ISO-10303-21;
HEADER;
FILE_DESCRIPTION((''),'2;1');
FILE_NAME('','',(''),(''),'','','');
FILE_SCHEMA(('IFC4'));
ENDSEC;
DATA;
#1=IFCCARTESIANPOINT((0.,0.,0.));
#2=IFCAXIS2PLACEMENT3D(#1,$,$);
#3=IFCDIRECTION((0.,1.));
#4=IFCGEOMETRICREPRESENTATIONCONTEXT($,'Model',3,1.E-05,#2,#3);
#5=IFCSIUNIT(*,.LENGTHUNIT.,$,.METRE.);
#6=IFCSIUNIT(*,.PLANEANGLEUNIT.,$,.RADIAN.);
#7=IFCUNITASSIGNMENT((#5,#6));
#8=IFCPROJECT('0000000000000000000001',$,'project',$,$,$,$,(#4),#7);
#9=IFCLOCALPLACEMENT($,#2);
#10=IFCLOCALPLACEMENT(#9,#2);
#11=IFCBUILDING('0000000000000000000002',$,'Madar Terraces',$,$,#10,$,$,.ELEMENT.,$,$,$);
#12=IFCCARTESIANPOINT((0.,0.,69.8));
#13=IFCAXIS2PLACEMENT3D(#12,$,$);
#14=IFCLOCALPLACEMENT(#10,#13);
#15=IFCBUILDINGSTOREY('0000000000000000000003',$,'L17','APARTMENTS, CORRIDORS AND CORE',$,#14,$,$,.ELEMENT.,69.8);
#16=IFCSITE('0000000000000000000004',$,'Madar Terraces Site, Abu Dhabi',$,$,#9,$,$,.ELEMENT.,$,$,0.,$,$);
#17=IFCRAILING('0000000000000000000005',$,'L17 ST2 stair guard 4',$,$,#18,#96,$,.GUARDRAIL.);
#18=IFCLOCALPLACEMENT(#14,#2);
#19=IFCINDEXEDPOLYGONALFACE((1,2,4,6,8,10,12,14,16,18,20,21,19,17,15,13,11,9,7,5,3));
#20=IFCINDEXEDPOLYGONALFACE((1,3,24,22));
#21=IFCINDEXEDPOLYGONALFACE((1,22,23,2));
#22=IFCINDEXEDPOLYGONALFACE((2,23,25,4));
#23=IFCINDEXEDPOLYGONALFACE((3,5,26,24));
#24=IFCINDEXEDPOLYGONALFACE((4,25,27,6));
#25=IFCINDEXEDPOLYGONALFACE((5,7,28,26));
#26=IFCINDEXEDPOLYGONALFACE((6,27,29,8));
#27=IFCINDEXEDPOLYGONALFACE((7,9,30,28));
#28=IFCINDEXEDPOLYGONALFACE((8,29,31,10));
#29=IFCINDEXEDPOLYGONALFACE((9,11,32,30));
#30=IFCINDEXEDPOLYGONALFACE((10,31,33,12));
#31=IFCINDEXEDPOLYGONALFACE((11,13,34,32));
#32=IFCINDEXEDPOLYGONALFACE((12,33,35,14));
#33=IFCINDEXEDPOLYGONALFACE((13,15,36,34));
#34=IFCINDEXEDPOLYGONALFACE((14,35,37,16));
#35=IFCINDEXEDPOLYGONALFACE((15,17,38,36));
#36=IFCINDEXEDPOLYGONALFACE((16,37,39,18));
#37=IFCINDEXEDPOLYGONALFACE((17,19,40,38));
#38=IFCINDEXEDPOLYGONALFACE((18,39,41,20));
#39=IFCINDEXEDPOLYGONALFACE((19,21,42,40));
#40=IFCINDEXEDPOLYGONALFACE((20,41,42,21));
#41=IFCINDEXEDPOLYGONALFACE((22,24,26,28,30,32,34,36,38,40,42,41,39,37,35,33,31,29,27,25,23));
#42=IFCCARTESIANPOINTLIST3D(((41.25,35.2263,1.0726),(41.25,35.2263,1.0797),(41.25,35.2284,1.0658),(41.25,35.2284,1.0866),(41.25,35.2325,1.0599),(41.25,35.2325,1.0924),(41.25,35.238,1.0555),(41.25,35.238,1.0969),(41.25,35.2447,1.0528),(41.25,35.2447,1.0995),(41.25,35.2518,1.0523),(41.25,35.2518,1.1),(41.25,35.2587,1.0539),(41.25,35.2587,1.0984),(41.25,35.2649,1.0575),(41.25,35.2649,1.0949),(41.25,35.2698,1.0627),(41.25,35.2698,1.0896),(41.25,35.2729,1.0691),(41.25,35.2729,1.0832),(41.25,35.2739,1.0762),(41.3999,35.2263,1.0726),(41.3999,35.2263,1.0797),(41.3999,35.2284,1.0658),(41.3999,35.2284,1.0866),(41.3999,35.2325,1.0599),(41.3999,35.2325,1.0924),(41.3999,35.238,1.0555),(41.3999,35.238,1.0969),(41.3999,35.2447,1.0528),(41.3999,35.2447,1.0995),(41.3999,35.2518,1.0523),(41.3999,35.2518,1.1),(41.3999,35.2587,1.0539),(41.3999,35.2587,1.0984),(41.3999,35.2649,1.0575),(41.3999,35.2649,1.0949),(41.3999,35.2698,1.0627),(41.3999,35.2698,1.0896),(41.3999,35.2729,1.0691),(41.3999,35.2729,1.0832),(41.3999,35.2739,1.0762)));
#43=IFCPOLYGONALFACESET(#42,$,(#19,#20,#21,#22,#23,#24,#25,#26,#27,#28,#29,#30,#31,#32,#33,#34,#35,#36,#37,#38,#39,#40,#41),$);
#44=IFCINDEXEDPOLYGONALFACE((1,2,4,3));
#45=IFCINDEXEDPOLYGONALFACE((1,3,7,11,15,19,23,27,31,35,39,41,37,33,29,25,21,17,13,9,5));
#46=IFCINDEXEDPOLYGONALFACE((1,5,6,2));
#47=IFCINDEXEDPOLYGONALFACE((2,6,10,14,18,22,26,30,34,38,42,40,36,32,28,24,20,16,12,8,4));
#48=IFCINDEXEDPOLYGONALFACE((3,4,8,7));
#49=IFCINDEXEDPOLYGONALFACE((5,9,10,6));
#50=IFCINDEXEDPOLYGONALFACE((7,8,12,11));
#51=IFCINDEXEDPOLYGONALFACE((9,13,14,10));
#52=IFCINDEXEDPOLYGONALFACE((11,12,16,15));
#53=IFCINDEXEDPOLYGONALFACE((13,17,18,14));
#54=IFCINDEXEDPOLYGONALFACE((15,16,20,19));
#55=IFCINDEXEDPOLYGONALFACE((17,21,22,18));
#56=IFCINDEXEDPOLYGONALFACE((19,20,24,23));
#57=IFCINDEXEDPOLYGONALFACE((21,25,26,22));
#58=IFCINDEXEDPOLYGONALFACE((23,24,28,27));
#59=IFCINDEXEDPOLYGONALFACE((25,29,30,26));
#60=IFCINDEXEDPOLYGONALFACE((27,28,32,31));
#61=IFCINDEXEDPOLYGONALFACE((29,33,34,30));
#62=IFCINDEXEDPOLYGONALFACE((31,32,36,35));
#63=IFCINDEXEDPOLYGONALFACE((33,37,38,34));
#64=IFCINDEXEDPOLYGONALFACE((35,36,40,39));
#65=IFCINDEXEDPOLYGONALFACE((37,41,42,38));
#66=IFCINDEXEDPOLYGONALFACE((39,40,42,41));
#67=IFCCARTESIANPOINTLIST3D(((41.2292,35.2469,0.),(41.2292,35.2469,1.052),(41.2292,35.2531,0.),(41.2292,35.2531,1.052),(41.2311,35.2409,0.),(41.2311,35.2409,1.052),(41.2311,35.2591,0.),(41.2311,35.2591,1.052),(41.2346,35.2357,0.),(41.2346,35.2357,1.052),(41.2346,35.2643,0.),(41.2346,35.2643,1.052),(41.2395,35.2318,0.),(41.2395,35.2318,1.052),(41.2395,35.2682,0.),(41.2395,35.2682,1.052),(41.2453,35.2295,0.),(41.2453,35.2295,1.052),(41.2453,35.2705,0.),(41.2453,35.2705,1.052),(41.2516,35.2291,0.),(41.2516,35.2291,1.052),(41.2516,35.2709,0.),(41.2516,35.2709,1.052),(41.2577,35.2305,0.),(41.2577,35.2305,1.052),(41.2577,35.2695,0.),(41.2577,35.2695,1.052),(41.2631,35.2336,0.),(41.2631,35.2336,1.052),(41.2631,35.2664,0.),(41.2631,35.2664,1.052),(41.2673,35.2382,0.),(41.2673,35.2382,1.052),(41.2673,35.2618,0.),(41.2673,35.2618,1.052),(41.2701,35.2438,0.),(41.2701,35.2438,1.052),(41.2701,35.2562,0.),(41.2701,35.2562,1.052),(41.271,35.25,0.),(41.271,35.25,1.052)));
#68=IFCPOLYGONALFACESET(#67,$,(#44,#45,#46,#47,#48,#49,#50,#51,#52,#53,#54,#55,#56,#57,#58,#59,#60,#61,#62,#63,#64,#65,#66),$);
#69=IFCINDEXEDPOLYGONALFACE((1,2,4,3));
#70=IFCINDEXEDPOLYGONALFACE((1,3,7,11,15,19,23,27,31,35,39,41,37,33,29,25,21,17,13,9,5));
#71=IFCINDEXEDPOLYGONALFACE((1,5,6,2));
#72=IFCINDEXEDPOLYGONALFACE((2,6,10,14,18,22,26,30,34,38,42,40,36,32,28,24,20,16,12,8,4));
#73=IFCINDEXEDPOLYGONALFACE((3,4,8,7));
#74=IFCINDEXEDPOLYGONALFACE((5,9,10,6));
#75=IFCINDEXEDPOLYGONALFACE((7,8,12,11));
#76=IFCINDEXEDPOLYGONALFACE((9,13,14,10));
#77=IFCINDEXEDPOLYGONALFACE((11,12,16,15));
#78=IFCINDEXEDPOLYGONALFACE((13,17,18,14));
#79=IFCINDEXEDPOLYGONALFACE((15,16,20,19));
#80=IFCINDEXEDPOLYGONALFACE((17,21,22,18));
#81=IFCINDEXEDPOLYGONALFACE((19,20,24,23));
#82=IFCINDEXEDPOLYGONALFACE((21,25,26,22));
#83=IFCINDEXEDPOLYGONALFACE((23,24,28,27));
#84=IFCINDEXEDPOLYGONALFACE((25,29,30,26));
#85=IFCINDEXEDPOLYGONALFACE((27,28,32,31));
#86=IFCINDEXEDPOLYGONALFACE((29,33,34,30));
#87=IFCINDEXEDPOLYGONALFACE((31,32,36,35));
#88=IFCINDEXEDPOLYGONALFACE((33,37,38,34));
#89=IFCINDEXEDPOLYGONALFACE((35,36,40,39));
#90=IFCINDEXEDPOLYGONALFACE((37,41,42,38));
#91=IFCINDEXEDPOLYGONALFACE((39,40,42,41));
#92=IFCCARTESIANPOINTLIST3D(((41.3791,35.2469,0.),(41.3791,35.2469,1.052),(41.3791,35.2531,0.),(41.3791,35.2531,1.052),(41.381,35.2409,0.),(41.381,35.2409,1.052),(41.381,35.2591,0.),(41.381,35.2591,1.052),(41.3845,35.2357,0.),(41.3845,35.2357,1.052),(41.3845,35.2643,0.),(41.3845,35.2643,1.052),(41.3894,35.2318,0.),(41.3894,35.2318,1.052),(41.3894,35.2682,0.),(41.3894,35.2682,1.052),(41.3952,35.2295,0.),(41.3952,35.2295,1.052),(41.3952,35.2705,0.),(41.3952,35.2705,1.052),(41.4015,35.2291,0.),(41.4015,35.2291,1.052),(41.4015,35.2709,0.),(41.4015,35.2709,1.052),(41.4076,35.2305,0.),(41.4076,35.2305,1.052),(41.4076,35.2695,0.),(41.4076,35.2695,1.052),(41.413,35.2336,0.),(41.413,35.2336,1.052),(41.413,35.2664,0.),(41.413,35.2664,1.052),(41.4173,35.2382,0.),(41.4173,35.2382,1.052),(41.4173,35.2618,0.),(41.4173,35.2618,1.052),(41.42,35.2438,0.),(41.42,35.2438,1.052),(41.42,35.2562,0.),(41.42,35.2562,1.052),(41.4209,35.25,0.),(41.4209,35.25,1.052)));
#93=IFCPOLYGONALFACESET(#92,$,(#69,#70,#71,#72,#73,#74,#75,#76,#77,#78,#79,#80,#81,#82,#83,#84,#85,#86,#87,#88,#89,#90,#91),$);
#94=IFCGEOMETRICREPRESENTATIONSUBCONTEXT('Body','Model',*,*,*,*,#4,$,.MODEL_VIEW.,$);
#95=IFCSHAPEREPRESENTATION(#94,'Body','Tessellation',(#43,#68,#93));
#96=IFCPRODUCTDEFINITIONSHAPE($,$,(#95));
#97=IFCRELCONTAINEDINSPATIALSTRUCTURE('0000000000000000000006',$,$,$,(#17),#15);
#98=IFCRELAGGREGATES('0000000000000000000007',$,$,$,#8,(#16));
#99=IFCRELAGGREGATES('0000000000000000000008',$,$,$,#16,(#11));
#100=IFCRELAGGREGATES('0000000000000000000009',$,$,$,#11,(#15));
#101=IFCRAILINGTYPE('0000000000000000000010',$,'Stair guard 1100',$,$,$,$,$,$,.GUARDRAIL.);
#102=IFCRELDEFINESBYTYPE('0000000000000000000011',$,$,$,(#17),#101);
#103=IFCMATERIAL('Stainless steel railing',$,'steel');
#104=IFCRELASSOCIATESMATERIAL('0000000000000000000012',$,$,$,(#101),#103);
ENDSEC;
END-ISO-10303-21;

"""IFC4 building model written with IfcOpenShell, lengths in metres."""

from ifc_helpers import new_model, si_unit, direction, frame, origin, origin_2d, place, context, subcontext, project, spatial, circle, extrude, material, type_object, element, save


model = new_model("IFC4")

# Units and contexts
model_context = context("Model", 3, precision=1e-05, world=origin(), true_north=direction((0.0, 1.0)))
body_context = subcontext(model_context, "Body", "Model", "MODEL_VIEW")
ifc_project = project(units=[si_unit("LENGTHUNIT", "METRE"), si_unit("PLANEANGLEUNIT", "RADIAN")], contexts=[model_context])

# Site, building, storey
site_placement = place(None, origin())
site = spatial("IfcSite", under=ifc_project, at=site_placement, Name="Madar Terraces Site, Abu Dhabi", CompositionType="ELEMENT", RefElevation=0.0)
building_placement = place(site_placement, origin())
building = spatial("IfcBuilding", under=site, at=building_placement, Name="Madar Terraces", CompositionType="ELEMENT")
storey_placement = place(building_placement, frame((0.0, 0.0, 69.8)))
storey = spatial("IfcBuildingStorey", under=building, at=storey_placement, Name="L17", Description="APARTMENTS, CORRIDORS AND CORE", CompositionType="ELEMENT", Elevation=69.8)

# Railing
ifc_material_1 = material(Name="Stainless steel railing", Category="steel")
railing_type_1 = type_object("IfcRailingType", Name="Stair guard 1100", PredefinedType="GUARDRAIL", material=ifc_material_1)
railing_1_placement = place(storey_placement, frame((41.25, 35.25, 0.0)))
element("IfcRailing", 1, at=railing_1_placement, inside=storey, type_object=railing_type_1, Name="L17 ST2 stair guard 4", PredefinedType="GUARDRAIL", context=body_context, shape_type="SweptSolid", body=[
    extrude(circle(Radius=0.0239, at=origin_2d()), frame((0.0, 0.0, 1.0762), z_axis=(1.0, 0.0, 0.0), x_axis=(0.0, 1.0, 0.0)), (0.0, 0.0, 1.0), 0.1499),
    extrude(circle(Radius=0.021, at=origin_2d()), origin(), (0.0, 0.0, 1.0), 1.052),
    extrude(circle(Radius=0.021, at=origin_2d()), frame((0.1499, 0.0, 0.0)), (0.0, 0.0, 1.0), 1.052),
])

save(model, "model.ifc")
